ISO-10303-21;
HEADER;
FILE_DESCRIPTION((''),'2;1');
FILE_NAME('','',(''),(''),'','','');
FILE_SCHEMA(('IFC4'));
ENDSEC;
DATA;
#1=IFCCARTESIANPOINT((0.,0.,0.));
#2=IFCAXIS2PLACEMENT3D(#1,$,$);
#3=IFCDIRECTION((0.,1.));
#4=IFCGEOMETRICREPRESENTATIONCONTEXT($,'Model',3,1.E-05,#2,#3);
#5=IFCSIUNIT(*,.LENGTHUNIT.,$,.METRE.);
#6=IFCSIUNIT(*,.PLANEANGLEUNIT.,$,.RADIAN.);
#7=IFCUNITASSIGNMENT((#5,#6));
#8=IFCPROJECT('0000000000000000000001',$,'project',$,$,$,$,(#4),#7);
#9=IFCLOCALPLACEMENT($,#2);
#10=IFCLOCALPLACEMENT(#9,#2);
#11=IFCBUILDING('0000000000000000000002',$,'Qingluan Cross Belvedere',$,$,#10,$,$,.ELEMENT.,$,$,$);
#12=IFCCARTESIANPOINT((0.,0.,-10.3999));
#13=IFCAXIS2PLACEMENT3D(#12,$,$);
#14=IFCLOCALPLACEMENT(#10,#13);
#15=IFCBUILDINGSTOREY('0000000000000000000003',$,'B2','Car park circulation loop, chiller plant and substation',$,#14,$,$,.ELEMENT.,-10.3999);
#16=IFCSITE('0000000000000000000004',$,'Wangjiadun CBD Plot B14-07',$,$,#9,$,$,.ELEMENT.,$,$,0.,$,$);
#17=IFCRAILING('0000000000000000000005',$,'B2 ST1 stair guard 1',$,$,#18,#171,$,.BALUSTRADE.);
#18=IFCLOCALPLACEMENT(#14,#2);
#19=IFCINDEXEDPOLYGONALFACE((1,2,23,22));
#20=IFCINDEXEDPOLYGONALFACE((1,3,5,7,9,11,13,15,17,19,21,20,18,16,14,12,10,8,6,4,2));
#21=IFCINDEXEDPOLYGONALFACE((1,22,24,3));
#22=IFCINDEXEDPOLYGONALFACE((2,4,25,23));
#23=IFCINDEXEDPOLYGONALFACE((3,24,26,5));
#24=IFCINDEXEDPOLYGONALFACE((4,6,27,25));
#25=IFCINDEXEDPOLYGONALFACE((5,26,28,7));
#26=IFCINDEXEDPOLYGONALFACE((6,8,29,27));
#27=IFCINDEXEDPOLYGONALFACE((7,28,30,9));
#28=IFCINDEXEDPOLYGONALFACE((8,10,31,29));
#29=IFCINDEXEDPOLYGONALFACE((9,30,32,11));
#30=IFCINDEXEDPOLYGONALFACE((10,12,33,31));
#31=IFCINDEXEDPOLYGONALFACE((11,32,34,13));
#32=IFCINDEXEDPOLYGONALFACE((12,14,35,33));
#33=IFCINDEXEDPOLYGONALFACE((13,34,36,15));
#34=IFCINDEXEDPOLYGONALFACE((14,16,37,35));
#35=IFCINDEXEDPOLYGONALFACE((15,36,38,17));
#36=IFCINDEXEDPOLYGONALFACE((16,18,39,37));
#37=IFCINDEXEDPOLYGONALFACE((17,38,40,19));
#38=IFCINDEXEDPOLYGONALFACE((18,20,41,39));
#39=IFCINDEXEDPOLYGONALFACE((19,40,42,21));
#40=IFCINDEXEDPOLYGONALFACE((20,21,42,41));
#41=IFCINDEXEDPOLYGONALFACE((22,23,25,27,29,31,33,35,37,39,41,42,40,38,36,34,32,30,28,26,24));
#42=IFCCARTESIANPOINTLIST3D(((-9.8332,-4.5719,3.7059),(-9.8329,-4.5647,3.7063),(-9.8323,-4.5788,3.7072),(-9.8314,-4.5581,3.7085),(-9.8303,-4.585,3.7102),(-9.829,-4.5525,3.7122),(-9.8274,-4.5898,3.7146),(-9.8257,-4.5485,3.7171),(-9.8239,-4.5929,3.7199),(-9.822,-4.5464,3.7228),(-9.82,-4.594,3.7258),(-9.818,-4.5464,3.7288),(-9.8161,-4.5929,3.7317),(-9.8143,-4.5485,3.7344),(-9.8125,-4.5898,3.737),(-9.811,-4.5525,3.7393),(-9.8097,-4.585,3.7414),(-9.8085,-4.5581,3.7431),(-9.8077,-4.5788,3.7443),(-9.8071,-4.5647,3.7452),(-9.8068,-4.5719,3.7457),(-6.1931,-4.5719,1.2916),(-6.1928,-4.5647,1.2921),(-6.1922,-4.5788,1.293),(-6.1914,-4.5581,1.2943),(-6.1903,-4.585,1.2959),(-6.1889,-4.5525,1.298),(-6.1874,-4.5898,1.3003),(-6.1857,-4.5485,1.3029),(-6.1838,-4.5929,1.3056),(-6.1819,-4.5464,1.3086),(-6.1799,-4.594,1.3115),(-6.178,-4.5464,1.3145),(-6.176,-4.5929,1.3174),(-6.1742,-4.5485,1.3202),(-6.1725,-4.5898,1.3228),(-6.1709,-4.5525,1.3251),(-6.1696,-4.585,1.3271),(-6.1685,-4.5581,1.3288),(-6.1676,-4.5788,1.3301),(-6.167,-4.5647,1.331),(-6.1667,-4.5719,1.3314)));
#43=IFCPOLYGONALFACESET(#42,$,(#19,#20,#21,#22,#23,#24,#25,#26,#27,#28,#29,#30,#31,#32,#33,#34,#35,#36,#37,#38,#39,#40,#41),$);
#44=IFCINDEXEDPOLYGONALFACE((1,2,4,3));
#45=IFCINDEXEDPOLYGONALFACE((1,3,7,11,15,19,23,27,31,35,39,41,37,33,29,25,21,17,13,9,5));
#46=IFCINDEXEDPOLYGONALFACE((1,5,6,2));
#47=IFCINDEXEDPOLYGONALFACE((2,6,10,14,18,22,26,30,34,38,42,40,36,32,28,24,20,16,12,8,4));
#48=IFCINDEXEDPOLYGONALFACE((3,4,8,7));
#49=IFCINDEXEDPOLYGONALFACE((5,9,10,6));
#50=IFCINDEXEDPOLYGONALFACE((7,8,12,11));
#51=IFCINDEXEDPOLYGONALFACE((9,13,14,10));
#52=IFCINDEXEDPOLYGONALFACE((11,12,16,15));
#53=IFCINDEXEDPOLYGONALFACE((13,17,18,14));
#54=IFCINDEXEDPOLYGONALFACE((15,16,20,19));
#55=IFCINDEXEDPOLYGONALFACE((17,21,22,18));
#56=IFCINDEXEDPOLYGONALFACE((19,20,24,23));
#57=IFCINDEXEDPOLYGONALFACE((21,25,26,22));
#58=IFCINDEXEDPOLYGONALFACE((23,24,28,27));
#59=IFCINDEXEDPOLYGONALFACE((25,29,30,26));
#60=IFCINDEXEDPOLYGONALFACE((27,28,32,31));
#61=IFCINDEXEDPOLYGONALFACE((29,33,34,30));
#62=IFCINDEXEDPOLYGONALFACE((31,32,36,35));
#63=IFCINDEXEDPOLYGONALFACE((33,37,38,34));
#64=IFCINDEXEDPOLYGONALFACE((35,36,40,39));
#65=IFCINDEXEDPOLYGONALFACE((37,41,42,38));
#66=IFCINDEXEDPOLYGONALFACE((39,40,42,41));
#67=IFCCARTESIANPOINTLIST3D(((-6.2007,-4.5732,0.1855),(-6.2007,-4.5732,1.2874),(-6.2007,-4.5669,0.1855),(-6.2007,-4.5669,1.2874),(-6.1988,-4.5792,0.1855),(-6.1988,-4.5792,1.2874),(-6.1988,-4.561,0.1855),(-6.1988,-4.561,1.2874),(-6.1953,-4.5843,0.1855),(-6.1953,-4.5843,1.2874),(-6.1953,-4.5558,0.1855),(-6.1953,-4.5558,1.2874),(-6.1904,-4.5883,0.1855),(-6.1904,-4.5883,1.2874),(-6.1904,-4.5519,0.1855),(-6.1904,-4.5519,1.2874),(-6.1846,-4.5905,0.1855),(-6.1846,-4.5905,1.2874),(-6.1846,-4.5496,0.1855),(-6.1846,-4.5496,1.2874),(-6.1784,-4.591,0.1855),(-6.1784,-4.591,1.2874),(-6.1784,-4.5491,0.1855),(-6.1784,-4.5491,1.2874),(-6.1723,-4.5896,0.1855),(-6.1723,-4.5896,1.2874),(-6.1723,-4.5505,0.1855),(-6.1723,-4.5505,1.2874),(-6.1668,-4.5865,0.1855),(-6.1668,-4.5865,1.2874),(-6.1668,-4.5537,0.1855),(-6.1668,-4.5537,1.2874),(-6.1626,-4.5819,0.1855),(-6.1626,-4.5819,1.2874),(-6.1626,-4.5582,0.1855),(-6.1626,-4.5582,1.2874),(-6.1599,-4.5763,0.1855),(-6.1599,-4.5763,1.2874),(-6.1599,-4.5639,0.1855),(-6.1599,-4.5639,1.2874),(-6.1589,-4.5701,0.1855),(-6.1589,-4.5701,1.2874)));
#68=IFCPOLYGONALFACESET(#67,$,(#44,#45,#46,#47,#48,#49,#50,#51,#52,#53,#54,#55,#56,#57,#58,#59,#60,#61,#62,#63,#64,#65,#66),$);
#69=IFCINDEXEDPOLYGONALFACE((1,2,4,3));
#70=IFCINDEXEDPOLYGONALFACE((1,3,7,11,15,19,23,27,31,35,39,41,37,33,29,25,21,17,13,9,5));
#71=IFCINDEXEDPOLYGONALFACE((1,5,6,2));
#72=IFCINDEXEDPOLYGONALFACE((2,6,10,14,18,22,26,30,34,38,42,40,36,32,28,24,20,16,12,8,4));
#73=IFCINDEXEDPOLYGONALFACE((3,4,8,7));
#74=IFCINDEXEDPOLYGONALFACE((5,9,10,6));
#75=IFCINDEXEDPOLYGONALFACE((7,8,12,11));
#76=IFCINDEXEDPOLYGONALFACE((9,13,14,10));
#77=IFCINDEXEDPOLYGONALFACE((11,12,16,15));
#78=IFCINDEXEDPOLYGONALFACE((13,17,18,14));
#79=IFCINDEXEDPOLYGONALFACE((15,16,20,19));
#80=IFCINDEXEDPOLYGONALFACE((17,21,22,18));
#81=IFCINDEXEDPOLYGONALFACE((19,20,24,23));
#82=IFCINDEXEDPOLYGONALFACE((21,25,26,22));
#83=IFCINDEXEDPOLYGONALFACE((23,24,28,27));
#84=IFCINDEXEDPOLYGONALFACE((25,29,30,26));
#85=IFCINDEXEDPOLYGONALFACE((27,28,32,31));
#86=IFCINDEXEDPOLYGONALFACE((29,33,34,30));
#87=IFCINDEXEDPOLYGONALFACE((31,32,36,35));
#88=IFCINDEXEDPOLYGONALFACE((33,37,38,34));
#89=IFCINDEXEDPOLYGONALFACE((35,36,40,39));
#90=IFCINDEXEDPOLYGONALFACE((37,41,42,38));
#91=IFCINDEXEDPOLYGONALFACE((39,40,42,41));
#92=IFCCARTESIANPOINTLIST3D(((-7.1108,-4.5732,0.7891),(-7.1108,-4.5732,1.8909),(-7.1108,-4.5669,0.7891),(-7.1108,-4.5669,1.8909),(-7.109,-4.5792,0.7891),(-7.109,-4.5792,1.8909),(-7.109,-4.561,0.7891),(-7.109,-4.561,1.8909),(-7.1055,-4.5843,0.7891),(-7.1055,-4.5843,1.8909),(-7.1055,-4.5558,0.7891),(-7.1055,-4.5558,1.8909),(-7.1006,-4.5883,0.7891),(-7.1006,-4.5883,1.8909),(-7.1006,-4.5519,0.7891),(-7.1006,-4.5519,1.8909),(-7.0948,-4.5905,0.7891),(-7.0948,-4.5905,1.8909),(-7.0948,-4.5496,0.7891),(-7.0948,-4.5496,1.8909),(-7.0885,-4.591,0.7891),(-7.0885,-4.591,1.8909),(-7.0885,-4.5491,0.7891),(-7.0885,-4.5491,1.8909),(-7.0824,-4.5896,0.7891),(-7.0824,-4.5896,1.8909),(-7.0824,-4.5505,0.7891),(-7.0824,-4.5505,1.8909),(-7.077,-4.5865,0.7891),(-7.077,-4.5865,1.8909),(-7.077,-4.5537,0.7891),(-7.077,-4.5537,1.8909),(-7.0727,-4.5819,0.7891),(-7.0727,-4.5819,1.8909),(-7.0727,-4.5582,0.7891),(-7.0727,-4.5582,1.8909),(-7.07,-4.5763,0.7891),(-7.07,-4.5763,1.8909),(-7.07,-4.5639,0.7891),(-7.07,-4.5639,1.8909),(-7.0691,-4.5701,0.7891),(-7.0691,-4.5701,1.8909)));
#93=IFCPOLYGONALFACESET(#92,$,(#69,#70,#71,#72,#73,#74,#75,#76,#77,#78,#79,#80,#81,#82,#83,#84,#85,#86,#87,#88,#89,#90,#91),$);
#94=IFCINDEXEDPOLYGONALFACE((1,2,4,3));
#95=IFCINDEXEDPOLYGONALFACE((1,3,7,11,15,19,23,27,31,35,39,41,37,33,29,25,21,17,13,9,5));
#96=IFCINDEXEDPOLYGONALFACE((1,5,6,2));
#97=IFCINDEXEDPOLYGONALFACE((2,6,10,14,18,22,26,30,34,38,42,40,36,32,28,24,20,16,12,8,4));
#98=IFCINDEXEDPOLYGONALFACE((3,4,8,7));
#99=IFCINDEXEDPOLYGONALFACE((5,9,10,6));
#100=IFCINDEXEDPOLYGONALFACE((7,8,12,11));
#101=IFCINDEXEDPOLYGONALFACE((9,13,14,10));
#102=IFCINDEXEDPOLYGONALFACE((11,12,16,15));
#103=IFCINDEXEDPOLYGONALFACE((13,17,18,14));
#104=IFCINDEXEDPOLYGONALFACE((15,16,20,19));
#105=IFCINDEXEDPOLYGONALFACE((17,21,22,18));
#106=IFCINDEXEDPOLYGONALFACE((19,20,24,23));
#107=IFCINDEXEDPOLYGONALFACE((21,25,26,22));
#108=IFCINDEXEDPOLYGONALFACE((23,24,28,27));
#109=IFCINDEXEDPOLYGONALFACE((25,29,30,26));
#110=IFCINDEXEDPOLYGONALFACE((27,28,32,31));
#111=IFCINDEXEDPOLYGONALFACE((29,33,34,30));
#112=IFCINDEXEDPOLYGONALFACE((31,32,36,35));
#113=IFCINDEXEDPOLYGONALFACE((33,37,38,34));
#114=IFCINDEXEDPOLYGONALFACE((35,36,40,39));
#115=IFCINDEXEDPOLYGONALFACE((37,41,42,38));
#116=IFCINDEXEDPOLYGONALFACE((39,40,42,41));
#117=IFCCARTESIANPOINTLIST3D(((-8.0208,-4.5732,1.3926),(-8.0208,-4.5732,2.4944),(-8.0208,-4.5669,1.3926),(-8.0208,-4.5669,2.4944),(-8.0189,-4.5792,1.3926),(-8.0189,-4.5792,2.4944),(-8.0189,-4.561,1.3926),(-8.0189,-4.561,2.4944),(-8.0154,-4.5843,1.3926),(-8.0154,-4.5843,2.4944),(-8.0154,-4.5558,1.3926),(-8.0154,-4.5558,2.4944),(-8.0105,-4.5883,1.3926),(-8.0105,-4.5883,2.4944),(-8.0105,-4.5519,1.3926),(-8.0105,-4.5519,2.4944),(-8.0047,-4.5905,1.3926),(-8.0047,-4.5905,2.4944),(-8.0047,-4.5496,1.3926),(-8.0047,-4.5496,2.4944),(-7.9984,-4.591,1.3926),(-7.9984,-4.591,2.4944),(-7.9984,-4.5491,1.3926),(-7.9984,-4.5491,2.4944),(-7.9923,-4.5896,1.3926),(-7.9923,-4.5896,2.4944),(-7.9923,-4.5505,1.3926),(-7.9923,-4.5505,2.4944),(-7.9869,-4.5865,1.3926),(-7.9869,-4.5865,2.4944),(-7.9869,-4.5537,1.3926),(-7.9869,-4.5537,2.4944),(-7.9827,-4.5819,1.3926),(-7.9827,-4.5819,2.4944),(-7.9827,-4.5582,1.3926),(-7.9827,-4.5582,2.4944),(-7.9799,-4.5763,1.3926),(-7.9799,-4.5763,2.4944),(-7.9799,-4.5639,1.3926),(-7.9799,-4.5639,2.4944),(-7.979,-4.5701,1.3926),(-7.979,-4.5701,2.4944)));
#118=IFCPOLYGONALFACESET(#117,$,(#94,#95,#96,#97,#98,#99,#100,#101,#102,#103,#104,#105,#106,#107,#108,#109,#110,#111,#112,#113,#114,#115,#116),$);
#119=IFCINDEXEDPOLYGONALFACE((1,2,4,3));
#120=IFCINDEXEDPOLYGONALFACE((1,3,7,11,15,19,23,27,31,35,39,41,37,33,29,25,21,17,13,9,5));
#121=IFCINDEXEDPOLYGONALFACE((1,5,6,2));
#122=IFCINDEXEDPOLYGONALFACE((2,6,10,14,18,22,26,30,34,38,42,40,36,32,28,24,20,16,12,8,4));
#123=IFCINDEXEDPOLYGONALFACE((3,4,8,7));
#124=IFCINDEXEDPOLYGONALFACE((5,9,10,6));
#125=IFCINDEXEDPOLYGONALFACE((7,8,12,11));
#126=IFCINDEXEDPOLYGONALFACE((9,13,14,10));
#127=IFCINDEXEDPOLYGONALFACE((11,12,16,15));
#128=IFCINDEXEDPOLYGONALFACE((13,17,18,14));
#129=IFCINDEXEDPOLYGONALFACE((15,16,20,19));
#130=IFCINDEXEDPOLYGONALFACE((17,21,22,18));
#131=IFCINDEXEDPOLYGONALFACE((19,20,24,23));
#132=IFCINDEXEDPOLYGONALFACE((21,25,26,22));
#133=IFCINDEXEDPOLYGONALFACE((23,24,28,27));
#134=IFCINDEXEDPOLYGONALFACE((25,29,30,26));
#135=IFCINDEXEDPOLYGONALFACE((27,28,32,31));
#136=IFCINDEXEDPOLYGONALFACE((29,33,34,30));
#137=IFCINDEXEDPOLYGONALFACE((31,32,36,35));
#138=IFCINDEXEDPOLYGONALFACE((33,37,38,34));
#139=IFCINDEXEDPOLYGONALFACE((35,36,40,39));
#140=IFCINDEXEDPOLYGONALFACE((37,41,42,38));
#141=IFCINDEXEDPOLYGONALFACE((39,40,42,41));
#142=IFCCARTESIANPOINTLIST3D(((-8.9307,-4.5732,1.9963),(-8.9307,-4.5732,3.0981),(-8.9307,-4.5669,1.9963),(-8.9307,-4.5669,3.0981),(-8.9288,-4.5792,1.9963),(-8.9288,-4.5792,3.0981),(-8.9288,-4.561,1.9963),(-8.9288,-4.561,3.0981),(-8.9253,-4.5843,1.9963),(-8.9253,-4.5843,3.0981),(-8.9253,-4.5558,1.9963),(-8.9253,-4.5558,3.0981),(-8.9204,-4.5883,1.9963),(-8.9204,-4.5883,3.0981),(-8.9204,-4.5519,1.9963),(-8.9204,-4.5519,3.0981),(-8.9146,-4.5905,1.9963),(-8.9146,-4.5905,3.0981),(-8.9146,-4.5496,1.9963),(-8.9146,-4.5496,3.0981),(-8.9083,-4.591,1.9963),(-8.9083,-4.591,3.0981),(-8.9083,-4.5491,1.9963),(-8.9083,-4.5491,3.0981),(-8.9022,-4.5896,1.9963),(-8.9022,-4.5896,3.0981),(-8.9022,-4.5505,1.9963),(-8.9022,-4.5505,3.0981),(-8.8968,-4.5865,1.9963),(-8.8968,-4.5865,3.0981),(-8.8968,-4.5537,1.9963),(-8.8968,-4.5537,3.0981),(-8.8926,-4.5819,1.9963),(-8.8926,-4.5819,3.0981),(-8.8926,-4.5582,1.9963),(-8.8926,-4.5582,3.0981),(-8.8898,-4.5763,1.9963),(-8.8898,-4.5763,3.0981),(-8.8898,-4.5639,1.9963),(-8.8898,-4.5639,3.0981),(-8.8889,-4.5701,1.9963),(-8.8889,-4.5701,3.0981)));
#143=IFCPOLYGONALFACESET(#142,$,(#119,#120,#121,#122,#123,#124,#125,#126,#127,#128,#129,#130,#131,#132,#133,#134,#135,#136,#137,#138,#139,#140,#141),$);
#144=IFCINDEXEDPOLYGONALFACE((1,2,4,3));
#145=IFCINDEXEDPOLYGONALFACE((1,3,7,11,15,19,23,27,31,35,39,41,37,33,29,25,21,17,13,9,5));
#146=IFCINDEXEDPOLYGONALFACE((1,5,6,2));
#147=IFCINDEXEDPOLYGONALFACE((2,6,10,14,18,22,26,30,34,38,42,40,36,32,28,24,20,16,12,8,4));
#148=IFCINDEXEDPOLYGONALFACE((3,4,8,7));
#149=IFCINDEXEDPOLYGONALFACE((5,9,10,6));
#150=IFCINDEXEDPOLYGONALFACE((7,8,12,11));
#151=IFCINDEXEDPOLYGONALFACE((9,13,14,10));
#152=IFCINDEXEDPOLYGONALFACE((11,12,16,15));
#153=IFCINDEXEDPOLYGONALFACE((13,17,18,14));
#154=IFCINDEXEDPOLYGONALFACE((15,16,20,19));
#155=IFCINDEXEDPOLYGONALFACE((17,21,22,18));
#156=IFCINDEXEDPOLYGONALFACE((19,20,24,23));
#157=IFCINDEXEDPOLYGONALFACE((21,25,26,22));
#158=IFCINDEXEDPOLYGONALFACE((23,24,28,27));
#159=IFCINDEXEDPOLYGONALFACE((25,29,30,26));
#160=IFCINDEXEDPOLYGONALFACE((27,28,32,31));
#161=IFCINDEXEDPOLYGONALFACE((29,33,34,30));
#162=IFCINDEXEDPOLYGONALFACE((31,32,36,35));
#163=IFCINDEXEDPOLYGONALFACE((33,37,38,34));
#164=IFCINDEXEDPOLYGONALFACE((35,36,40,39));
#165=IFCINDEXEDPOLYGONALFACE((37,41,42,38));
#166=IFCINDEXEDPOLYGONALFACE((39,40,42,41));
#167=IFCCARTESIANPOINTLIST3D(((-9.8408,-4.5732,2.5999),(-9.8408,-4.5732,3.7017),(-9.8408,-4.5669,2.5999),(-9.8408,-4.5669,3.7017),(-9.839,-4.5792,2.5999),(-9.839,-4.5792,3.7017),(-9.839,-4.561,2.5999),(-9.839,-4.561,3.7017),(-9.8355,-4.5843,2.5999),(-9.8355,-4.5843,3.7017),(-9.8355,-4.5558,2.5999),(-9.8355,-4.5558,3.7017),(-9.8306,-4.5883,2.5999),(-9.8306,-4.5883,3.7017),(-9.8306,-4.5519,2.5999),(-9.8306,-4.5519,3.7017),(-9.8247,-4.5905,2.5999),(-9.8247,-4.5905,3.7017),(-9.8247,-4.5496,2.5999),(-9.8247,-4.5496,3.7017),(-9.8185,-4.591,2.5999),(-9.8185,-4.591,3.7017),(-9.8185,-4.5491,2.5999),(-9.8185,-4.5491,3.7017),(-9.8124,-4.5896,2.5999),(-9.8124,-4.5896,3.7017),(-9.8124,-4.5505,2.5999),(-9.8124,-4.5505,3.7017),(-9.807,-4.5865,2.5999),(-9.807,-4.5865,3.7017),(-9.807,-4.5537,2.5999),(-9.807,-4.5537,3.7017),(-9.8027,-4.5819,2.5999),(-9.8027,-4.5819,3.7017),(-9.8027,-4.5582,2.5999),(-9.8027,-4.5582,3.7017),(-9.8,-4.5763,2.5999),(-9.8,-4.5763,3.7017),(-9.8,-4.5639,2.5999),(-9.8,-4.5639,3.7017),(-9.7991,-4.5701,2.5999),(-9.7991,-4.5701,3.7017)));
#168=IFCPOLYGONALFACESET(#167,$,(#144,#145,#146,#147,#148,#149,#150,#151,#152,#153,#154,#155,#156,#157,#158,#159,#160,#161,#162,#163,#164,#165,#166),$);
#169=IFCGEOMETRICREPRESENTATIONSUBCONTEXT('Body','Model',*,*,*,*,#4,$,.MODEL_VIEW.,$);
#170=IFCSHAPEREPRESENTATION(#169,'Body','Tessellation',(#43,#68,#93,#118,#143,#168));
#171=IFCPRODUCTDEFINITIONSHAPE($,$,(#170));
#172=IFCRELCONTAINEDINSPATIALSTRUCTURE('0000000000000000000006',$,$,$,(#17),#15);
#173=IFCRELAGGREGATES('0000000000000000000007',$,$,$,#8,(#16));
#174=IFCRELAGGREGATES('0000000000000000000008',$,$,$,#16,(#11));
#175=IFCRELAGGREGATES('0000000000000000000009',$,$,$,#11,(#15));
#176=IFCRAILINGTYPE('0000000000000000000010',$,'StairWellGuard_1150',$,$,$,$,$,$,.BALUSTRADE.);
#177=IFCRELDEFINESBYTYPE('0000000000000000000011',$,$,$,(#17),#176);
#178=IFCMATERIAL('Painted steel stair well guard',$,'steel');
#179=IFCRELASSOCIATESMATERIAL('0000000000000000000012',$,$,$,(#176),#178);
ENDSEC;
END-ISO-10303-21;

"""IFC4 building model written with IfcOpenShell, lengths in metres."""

from ifc_helpers import new_model, si_unit, direction, frame, origin, origin_2d, place, context, subcontext, project, spatial, circle, extrude, material, type_object, element, save


model = new_model("IFC4")

# Units and contexts
model_context = context("Model", 3, precision=1e-05, world=origin(), true_north=direction((0.0, 1.0)))
body_context = subcontext(model_context, "Body", "Model", "MODEL_VIEW")
ifc_project = project(units=[si_unit("LENGTHUNIT", "METRE"), si_unit("PLANEANGLEUNIT", "RADIAN")], contexts=[model_context])

# Site, building, storey
site_placement = place(None, origin())
site = spatial("IfcSite", under=ifc_project, at=site_placement, Name="Wangjiadun CBD Plot B14-07", CompositionType="ELEMENT", RefElevation=0.0)
building_placement = place(site_placement, origin())
building = spatial("IfcBuilding", under=site, at=building_placement, Name="Qingluan Cross Belvedere", CompositionType="ELEMENT")
storey_placement = place(building_placement, frame((0.0, 0.0, -10.3999)))
storey = spatial("IfcBuildingStorey", under=building, at=storey_placement, Name="B2", Description="Car park circulation loop, chiller plant and substation", CompositionType="ELEMENT", Elevation=-10.3999)

# Railing
ifc_material_1 = material(Name="Painted steel stair well guard", Category="steel")
railing_type_1 = type_object("IfcRailingType", Name="StairWellGuard_1150", PredefinedType="BALUSTRADE", material=ifc_material_1)
railing_1_placement = place(storey_placement, frame((-6.1799, -4.5701, 0.1855)))
element("IfcRailing", 1, at=railing_1_placement, inside=storey, type_object=railing_type_1, Name="B2 ST1 stair guard 1", PredefinedType="BALUSTRADE", context=body_context, shape_type="SweptSolid", body=[
    extrude(circle(Radius=0.0239, at=origin_2d()), frame((0.0, 0.0, 1.126), z_axis=(-0.833364, 0.0, 0.552725), x_axis=(0.0, -1.0, 0.0)), (0.0, 0.0, 1.0), 4.3679),
    extrude(circle(Radius=0.021, at=origin_2d()), origin(), (0.0, 0.0, 1.0), 1.1018),
    extrude(circle(Radius=0.021, at=origin_2d()), frame((-0.9102, 0.0, 0.6035)), (0.0, 0.0, 1.0), 1.1018),
    extrude(circle(Radius=0.021, at=origin_2d()), frame((-1.8201, 0.0, 1.207)), (0.0, 0.0, 1.0), 1.1018),
    extrude(circle(Radius=0.021, at=origin_2d()), frame((-2.73, 0.0, 1.8108)), (0.0, 0.0, 1.0), 1.1018),
    extrude(circle(Radius=0.021, at=origin_2d()), frame((-3.6401, 0.0, 2.4143)), (0.0, 0.0, 1.0), 1.1018),
])

save(model, "model.ifc")
